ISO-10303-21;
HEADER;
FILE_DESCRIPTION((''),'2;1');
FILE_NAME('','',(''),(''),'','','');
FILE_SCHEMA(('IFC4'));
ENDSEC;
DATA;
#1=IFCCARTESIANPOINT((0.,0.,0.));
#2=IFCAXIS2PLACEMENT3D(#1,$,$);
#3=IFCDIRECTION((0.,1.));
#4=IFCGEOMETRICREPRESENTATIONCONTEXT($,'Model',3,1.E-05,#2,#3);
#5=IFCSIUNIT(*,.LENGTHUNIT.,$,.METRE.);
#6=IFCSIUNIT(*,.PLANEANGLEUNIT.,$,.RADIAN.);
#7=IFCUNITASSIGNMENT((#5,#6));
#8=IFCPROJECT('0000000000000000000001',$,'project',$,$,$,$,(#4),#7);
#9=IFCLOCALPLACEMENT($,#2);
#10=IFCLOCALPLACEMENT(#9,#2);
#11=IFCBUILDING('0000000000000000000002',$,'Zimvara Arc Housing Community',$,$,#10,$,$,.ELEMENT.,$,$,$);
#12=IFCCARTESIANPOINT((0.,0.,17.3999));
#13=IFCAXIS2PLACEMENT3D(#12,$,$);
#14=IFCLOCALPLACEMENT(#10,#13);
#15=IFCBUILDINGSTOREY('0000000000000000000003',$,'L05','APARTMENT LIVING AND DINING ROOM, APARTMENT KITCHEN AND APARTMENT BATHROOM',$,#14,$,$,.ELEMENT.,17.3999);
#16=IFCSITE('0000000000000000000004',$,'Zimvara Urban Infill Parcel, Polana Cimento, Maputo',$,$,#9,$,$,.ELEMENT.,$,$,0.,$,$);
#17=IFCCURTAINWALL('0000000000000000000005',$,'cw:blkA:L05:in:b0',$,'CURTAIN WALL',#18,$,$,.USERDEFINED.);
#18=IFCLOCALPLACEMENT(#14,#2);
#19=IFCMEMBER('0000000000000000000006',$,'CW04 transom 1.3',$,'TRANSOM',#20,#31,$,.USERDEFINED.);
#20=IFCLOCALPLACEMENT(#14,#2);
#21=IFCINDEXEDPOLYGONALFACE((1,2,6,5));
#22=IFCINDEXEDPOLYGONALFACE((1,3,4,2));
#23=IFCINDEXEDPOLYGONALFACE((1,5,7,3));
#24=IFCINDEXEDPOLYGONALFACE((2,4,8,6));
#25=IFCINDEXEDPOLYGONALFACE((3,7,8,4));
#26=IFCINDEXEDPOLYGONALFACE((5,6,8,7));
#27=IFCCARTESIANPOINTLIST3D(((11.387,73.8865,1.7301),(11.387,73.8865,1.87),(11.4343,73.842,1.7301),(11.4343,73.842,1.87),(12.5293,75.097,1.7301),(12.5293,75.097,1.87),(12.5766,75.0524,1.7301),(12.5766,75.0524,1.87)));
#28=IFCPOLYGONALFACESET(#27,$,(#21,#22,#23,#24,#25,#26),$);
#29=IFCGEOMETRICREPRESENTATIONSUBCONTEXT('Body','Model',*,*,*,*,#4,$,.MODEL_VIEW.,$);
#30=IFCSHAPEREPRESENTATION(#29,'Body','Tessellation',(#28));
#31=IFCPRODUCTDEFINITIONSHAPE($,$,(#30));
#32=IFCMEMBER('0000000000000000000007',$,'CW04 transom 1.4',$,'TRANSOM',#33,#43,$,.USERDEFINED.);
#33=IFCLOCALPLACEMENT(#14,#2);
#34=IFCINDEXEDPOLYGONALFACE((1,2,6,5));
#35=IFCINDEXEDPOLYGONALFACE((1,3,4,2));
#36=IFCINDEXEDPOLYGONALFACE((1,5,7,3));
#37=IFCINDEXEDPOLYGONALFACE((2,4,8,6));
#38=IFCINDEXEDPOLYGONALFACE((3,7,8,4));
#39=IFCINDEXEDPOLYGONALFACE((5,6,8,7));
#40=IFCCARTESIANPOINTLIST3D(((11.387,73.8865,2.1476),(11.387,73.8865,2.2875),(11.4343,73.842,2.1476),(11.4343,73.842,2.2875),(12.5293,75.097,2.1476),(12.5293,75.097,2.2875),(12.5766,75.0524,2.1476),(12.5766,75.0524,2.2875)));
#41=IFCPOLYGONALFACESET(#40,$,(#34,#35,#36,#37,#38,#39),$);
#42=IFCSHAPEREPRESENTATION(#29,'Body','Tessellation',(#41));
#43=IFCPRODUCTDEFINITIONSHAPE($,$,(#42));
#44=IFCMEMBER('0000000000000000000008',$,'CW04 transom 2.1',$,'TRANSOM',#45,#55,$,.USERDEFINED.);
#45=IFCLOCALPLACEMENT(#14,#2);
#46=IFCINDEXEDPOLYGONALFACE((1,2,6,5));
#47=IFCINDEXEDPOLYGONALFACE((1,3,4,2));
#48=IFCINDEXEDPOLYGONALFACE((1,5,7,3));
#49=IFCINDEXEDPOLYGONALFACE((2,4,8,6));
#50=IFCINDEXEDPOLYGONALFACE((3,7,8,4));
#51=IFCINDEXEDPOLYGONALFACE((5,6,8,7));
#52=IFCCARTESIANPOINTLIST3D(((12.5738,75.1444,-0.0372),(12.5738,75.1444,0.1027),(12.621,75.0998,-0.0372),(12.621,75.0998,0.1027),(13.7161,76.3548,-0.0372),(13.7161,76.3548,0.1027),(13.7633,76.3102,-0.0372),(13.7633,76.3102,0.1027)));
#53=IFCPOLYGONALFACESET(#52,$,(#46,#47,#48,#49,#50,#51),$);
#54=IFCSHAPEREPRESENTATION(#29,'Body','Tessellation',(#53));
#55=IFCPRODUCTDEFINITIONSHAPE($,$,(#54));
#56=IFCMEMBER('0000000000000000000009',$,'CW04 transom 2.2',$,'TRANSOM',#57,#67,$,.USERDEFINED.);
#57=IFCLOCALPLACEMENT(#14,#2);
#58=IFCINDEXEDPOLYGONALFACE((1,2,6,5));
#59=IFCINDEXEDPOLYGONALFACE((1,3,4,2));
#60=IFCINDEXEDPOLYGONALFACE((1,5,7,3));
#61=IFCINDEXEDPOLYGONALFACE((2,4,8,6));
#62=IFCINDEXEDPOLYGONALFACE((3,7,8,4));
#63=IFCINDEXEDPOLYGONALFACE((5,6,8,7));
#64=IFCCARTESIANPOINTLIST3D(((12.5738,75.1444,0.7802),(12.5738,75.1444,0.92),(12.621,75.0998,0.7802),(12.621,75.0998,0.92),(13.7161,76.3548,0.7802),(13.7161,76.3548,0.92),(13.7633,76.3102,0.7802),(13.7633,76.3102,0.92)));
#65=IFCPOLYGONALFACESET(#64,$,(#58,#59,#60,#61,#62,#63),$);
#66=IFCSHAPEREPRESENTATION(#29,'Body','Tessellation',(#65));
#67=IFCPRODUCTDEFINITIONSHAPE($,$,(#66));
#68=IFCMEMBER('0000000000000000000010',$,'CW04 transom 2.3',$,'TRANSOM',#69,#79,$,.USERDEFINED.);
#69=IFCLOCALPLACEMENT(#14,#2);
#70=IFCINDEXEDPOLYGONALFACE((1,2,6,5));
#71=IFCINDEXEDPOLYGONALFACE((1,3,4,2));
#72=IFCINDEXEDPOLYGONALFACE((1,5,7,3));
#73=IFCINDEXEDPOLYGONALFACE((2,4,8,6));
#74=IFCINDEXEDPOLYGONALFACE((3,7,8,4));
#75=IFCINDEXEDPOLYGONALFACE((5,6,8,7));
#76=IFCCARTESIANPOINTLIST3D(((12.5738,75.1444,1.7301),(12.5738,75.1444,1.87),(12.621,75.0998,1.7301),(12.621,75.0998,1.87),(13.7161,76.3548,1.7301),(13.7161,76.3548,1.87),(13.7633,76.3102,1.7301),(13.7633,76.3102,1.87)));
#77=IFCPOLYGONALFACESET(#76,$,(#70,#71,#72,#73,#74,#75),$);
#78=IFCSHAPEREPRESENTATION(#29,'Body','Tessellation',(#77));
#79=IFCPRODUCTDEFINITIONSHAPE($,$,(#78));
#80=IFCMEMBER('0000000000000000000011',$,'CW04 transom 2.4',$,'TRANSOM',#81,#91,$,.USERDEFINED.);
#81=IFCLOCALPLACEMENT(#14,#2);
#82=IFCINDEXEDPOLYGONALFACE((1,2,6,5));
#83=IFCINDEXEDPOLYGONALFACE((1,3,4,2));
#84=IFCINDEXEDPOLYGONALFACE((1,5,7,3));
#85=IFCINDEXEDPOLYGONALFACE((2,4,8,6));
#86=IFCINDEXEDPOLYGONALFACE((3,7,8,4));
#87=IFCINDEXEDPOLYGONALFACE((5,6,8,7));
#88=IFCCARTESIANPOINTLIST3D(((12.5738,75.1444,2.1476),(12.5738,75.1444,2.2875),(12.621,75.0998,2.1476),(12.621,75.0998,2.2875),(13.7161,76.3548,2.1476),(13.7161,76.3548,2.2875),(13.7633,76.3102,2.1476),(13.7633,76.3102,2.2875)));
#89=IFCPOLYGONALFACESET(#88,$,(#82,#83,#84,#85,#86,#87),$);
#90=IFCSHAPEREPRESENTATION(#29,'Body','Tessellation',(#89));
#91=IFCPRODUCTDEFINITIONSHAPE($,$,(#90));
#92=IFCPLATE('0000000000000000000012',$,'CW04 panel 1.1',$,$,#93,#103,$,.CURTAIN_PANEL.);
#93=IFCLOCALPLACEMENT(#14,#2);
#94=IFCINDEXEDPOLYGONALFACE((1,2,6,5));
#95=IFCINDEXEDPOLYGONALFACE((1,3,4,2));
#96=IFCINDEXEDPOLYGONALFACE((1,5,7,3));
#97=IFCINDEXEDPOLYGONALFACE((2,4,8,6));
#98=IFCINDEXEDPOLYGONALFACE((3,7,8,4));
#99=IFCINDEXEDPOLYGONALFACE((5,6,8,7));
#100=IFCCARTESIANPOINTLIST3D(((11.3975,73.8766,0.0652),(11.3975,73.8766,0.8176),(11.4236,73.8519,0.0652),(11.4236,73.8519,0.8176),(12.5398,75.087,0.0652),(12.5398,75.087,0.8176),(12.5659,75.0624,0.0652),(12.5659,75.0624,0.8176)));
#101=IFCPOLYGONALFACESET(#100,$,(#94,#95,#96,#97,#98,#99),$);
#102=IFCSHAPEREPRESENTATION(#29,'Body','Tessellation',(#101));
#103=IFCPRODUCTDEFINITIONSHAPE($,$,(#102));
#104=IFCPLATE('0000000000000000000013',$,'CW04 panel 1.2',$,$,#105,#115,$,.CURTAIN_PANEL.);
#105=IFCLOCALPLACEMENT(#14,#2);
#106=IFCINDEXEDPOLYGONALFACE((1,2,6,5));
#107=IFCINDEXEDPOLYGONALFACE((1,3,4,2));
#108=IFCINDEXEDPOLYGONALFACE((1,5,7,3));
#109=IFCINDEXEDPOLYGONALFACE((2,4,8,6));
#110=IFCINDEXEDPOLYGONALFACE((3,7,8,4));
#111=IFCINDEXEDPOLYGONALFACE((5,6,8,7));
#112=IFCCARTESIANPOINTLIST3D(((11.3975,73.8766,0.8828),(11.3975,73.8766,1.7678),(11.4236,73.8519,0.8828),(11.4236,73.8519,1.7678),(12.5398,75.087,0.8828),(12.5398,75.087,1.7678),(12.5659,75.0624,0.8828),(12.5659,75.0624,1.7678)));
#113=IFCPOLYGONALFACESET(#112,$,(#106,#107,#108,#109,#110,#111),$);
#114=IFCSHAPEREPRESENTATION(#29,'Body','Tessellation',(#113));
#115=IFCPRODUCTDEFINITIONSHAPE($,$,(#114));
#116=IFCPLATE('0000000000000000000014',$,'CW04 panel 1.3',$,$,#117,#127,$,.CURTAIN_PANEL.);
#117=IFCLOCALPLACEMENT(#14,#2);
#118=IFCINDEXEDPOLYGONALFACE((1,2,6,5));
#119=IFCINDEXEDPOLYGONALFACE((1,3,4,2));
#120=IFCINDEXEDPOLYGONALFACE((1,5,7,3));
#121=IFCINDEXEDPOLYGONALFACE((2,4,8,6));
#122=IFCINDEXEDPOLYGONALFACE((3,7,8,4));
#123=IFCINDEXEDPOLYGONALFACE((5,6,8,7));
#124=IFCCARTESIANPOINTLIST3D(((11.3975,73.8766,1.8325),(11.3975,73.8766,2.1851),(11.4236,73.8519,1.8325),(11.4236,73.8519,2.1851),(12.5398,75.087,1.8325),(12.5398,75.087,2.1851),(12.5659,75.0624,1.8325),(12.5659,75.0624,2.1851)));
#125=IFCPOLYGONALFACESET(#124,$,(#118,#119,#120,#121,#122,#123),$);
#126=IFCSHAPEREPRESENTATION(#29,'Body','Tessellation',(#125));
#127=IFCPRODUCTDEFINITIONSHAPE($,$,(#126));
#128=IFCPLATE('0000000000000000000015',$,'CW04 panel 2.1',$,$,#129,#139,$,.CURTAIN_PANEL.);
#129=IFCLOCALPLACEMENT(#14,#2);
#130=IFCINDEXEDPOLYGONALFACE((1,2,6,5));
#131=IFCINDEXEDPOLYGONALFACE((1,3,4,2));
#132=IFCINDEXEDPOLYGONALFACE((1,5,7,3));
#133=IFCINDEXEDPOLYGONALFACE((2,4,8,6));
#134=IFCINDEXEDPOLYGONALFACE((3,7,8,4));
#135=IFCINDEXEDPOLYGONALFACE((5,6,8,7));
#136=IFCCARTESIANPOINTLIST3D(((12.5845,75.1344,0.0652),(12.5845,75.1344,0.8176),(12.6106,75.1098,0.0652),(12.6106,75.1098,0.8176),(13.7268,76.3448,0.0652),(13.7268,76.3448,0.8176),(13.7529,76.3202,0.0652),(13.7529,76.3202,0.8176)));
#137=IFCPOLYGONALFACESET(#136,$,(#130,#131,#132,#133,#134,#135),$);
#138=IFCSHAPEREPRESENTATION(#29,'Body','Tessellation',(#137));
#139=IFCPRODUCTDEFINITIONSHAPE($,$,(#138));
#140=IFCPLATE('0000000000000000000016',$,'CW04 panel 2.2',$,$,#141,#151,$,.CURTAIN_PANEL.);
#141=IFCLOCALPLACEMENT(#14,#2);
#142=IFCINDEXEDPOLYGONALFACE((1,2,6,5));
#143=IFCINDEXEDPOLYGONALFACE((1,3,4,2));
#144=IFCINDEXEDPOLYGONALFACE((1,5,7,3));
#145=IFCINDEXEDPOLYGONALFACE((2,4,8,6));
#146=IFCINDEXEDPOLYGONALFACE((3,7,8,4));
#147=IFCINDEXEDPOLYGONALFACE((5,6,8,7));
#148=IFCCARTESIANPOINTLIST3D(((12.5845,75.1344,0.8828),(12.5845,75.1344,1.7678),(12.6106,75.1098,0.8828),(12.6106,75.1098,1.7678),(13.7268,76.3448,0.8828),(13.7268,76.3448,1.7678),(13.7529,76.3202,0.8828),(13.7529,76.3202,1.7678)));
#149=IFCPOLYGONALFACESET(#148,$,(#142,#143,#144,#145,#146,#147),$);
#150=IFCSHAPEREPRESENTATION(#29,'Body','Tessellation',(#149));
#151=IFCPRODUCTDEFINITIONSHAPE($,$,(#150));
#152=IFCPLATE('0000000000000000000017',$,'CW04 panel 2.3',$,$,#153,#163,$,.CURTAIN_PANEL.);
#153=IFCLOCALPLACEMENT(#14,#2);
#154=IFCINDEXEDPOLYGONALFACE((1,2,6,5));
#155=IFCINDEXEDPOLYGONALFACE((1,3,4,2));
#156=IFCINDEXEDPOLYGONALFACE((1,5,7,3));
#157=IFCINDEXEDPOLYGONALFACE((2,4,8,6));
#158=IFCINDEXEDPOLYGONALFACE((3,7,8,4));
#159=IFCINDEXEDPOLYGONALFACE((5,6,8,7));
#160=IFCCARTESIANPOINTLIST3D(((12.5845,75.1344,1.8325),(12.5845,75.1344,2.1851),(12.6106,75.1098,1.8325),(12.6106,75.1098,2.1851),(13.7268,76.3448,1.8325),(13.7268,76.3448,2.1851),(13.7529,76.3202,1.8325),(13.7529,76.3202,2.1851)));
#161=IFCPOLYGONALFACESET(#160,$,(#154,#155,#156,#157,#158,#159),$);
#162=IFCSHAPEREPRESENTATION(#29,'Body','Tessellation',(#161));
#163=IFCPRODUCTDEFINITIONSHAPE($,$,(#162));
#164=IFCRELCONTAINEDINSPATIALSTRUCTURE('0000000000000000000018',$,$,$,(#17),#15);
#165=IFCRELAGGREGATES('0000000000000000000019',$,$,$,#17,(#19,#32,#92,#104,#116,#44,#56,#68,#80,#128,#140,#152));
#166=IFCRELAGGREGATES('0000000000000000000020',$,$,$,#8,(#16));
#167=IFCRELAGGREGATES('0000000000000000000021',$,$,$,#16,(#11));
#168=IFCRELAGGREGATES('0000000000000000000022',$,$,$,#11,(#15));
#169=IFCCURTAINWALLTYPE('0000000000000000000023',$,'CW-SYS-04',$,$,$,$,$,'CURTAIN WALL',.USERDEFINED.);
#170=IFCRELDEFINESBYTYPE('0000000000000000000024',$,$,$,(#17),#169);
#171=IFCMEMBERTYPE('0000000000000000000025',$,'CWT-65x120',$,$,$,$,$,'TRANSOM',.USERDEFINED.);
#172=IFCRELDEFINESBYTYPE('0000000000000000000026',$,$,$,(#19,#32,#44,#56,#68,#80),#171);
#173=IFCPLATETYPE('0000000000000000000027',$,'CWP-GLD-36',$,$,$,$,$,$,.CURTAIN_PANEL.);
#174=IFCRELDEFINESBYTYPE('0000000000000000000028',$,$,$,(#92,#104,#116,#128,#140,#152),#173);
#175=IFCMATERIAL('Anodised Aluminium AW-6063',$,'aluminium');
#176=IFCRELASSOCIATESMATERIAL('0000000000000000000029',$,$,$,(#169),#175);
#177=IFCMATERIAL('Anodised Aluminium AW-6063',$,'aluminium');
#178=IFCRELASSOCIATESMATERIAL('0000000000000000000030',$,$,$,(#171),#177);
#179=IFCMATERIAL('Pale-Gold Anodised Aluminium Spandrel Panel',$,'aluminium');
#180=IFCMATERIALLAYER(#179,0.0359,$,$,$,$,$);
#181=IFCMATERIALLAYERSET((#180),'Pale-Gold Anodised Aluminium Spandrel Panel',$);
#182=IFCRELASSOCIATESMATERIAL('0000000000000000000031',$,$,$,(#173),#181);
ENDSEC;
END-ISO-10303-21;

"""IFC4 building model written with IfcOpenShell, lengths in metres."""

from ifc_helpers import new_model, si_unit, direction, frame, origin, origin_2d, place, context, subcontext, project, spatial, rectangle, extrude, material, layer, layer_set, material_profile, profile_set, type_object, element, aggregate, save


model = new_model("IFC4")

# Units and contexts
model_context = context("Model", 3, precision=1e-05, world=origin(), true_north=direction((0.0, 1.0)))
body_context = subcontext(model_context, "Body", "Model", "MODEL_VIEW")
ifc_project = project(units=[si_unit("LENGTHUNIT", "METRE"), si_unit("PLANEANGLEUNIT", "RADIAN")], contexts=[model_context])

# Site, building, storey
site_placement = place(None, origin())
site = spatial("IfcSite", under=ifc_project, at=site_placement, Name="Zimvara Urban Infill Parcel, Polana Cimento, Maputo", CompositionType="ELEMENT", RefElevation=0.0)
building_placement = place(site_placement, origin())
building = spatial("IfcBuilding", under=site, at=building_placement, Name="Zimvara Arc Housing Community", CompositionType="ELEMENT")
storey_placement = place(building_placement, frame((0.0, 0.0, 17.3999)))
storey = spatial("IfcBuildingStorey", under=building, at=storey_placement, Name="L05", Description="APARTMENT LIVING AND DINING ROOM, APARTMENT KITCHEN AND APARTMENT BATHROOM", CompositionType="ELEMENT", Elevation=17.3999)

# Curtain wall, members, plates
ifc_material_1 = material(Name="Anodised Aluminium AW-6063", Category="aluminium")
curtain_wall_type = type_object("IfcCurtainWallType", Name="CW-SYS-04", ElementType="CURTAIN WALL", PredefinedType="USERDEFINED", material=ifc_material_1)
curtain_wall_placement = place(storey_placement, origin())
curtain_wall = element("IfcCurtainWall", 1, at=curtain_wall_placement, inside=storey, type_object=curtain_wall_type, Name="cw:blkA:L05:in:b0", ObjectType="CURTAIN WALL", PredefinedType="USERDEFINED")
ifc_material_2 = material(Name="Anodised Aluminium AW-6063", Category="aluminium")
ifc_material_profile_1 = material_profile(ifc_material_2, rectangle(XDim=0.0649, YDim=0.1399, at=origin_2d()), Name="ALU 65x140")
ifc_profile_set_1 = profile_set([ifc_material_profile_1], Name="Anodised Aluminium AW-6063")
member_type_1 = type_object("IfcMemberType", Name="CWT-65x120", ElementType="TRANSOM", PredefinedType="USERDEFINED", material=ifc_profile_set_1)
member_1_placement = place(storey_placement, frame((11.4106, 73.8643, 1.8), z_axis=(0.686348, 0.727273, 0.0), x_axis=(-0.727273, 0.686348, 0.0)))
member_1 = element("IfcMember", 2, at=member_1_placement, type_object=member_type_1, Name="CW04 transom 1.3", ObjectType="TRANSOM", PredefinedType="USERDEFINED", context=body_context, shape_type="SweptSolid", body=[
    extrude(rectangle(XDim=0.0649, YDim=0.1399, at=origin_2d()), origin(), (0.0, 0.0, 1.0), 1.6643),
])
member_2_placement = place(storey_placement, frame((11.4106, 73.8643, 2.2175), z_axis=(0.686348, 0.727273, 0.0), x_axis=(-0.727273, 0.686348, 0.0)))
member_2 = element("IfcMember", 3, at=member_2_placement, type_object=member_type_1, Name="CW04 transom 1.4", ObjectType="TRANSOM", PredefinedType="USERDEFINED", context=body_context, shape_type="SweptSolid", body=[
    extrude(rectangle(XDim=0.0649, YDim=0.1399, at=origin_2d()), origin(), (0.0, 0.0, 1.0), 1.6643),
])
member_3_placement = place(storey_placement, frame((12.5974, 75.1221, 0.0327), z_axis=(0.686348, 0.727273, 0.0), x_axis=(-0.727273, 0.686348, 0.0)))
member_3 = element("IfcMember", 4, at=member_3_placement, type_object=member_type_1, Name="CW04 transom 2.1", ObjectType="TRANSOM", PredefinedType="USERDEFINED", context=body_context, shape_type="SweptSolid", body=[
    extrude(rectangle(XDim=0.0649, YDim=0.1399, at=origin_2d()), origin(), (0.0, 0.0, 1.0), 1.6643),
])
member_4_placement = place(storey_placement, frame((12.5974, 75.1221, 0.8501), z_axis=(0.686348, 0.727273, 0.0), x_axis=(-0.727273, 0.686348, 0.0)))
member_4 = element("IfcMember", 5, at=member_4_placement, type_object=member_type_1, Name="CW04 transom 2.2", ObjectType="TRANSOM", PredefinedType="USERDEFINED", context=body_context, shape_type="SweptSolid", body=[
    extrude(rectangle(XDim=0.0649, YDim=0.1399, at=origin_2d()), origin(), (0.0, 0.0, 1.0), 1.6643),
])
member_5_placement = place(storey_placement, frame((12.5974, 75.1221, 1.8), z_axis=(0.686348, 0.727273, 0.0), x_axis=(-0.727273, 0.686348, 0.0)))
member_5 = element("IfcMember", 6, at=member_5_placement, type_object=member_type_1, Name="CW04 transom 2.3", ObjectType="TRANSOM", PredefinedType="USERDEFINED", context=body_context, shape_type="SweptSolid", body=[
    extrude(rectangle(XDim=0.0649, YDim=0.1399, at=origin_2d()), origin(), (0.0, 0.0, 1.0), 1.6643),
])
member_6_placement = place(storey_placement, frame((12.5974, 75.1221, 2.2175), z_axis=(0.686348, 0.727273, 0.0), x_axis=(-0.727273, 0.686348, 0.0)))
member_6 = element("IfcMember", 7, at=member_6_placement, type_object=member_type_1, Name="CW04 transom 2.4", ObjectType="TRANSOM", PredefinedType="USERDEFINED", context=body_context, shape_type="SweptSolid", body=[
    extrude(rectangle(XDim=0.0649, YDim=0.1399, at=origin_2d()), origin(), (0.0, 0.0, 1.0), 1.6643),
])
ifc_material_3 = material(Name="Pale-Gold Anodised Aluminium Spandrel Panel", Category="aluminium")
ifc_layer_1 = layer(ifc_material_3, 0.0359)
ifc_layer_set_1 = layer_set([ifc_layer_1], Name="Pale-Gold Anodised Aluminium Spandrel Panel")
plate_type = type_object("IfcPlateType", Name="CWP-GLD-36", PredefinedType="CURTAIN_PANEL", material=ifc_layer_set_1)
plate_1_placement = place(storey_placement, frame((11.9817, 74.4695, 0.0652), z_axis=(0.0, 0.0, 1.0), x_axis=(0.686327, 0.727293, 0.0)))
plate_1 = element("IfcPlate", 8, at=plate_1_placement, type_object=plate_type, Name="CW04 panel 1.1", PredefinedType="CURTAIN_PANEL", context=body_context, shape_type="SweptSolid", body=[
    extrude(rectangle(XDim=1.6643, YDim=0.0359, at=origin_2d()), origin(), (0.0, 0.0, 1.0), 0.7524),
])
plate_2_placement = place(storey_placement, frame((11.9817, 74.4695, 0.8828), z_axis=(0.0, 0.0, 1.0), x_axis=(0.686327, 0.727293, 0.0)))
plate_2 = element("IfcPlate", 9, at=plate_2_placement, type_object=plate_type, Name="CW04 panel 1.2", PredefinedType="CURTAIN_PANEL", context=body_context, shape_type="SweptSolid", body=[
    extrude(rectangle(XDim=1.6643, YDim=0.0359, at=origin_2d()), origin(), (0.0, 0.0, 1.0), 0.885),
])
plate_3_placement = place(storey_placement, frame((11.9817, 74.4695, 1.8325), z_axis=(0.0, 0.0, 1.0), x_axis=(0.686327, 0.727293, 0.0)))
plate_3 = element("IfcPlate", 10, at=plate_3_placement, type_object=plate_type, Name="CW04 panel 1.3", PredefinedType="CURTAIN_PANEL", context=body_context, shape_type="SweptSolid", body=[
    extrude(rectangle(XDim=1.6643, YDim=0.0359, at=origin_2d()), origin(), (0.0, 0.0, 1.0), 0.3525),
])
plate_4_placement = place(storey_placement, frame((13.1687, 75.7273, 0.0652), z_axis=(0.0, 0.0, 1.0), x_axis=(0.686327, 0.727293, 0.0)))
plate_4 = element("IfcPlate", 11, at=plate_4_placement, type_object=plate_type, Name="CW04 panel 2.1", PredefinedType="CURTAIN_PANEL", context=body_context, shape_type="SweptSolid", body=[
    extrude(rectangle(XDim=1.6643, YDim=0.0359, at=origin_2d()), origin(), (0.0, 0.0, 1.0), 0.7524),
])
plate_5_placement = place(storey_placement, frame((13.1687, 75.7273, 0.8828), z_axis=(0.0, 0.0, 1.0), x_axis=(0.686327, 0.727293, 0.0)))
plate_5 = element("IfcPlate", 12, at=plate_5_placement, type_object=plate_type, Name="CW04 panel 2.2", PredefinedType="CURTAIN_PANEL", context=body_context, shape_type="SweptSolid", body=[
    extrude(rectangle(XDim=1.6643, YDim=0.0359, at=origin_2d()), origin(), (0.0, 0.0, 1.0), 0.885),
])
plate_6_placement = place(storey_placement, frame((13.1687, 75.7273, 1.8325), z_axis=(0.0, 0.0, 1.0), x_axis=(0.686327, 0.727293, 0.0)))
plate_6 = element("IfcPlate", 13, at=plate_6_placement, type_object=plate_type, Name="CW04 panel 2.3", PredefinedType="CURTAIN_PANEL", context=body_context, shape_type="SweptSolid", body=[
    extrude(rectangle(XDim=1.6643, YDim=0.0359, at=origin_2d()), origin(), (0.0, 0.0, 1.0), 0.3525),
])
aggregate(curtain_wall, [member_1, member_2, plate_1, plate_2, plate_3, member_3, member_4, member_5, member_6, plate_4, plate_5, plate_6])

save(model, "model.ifc")
